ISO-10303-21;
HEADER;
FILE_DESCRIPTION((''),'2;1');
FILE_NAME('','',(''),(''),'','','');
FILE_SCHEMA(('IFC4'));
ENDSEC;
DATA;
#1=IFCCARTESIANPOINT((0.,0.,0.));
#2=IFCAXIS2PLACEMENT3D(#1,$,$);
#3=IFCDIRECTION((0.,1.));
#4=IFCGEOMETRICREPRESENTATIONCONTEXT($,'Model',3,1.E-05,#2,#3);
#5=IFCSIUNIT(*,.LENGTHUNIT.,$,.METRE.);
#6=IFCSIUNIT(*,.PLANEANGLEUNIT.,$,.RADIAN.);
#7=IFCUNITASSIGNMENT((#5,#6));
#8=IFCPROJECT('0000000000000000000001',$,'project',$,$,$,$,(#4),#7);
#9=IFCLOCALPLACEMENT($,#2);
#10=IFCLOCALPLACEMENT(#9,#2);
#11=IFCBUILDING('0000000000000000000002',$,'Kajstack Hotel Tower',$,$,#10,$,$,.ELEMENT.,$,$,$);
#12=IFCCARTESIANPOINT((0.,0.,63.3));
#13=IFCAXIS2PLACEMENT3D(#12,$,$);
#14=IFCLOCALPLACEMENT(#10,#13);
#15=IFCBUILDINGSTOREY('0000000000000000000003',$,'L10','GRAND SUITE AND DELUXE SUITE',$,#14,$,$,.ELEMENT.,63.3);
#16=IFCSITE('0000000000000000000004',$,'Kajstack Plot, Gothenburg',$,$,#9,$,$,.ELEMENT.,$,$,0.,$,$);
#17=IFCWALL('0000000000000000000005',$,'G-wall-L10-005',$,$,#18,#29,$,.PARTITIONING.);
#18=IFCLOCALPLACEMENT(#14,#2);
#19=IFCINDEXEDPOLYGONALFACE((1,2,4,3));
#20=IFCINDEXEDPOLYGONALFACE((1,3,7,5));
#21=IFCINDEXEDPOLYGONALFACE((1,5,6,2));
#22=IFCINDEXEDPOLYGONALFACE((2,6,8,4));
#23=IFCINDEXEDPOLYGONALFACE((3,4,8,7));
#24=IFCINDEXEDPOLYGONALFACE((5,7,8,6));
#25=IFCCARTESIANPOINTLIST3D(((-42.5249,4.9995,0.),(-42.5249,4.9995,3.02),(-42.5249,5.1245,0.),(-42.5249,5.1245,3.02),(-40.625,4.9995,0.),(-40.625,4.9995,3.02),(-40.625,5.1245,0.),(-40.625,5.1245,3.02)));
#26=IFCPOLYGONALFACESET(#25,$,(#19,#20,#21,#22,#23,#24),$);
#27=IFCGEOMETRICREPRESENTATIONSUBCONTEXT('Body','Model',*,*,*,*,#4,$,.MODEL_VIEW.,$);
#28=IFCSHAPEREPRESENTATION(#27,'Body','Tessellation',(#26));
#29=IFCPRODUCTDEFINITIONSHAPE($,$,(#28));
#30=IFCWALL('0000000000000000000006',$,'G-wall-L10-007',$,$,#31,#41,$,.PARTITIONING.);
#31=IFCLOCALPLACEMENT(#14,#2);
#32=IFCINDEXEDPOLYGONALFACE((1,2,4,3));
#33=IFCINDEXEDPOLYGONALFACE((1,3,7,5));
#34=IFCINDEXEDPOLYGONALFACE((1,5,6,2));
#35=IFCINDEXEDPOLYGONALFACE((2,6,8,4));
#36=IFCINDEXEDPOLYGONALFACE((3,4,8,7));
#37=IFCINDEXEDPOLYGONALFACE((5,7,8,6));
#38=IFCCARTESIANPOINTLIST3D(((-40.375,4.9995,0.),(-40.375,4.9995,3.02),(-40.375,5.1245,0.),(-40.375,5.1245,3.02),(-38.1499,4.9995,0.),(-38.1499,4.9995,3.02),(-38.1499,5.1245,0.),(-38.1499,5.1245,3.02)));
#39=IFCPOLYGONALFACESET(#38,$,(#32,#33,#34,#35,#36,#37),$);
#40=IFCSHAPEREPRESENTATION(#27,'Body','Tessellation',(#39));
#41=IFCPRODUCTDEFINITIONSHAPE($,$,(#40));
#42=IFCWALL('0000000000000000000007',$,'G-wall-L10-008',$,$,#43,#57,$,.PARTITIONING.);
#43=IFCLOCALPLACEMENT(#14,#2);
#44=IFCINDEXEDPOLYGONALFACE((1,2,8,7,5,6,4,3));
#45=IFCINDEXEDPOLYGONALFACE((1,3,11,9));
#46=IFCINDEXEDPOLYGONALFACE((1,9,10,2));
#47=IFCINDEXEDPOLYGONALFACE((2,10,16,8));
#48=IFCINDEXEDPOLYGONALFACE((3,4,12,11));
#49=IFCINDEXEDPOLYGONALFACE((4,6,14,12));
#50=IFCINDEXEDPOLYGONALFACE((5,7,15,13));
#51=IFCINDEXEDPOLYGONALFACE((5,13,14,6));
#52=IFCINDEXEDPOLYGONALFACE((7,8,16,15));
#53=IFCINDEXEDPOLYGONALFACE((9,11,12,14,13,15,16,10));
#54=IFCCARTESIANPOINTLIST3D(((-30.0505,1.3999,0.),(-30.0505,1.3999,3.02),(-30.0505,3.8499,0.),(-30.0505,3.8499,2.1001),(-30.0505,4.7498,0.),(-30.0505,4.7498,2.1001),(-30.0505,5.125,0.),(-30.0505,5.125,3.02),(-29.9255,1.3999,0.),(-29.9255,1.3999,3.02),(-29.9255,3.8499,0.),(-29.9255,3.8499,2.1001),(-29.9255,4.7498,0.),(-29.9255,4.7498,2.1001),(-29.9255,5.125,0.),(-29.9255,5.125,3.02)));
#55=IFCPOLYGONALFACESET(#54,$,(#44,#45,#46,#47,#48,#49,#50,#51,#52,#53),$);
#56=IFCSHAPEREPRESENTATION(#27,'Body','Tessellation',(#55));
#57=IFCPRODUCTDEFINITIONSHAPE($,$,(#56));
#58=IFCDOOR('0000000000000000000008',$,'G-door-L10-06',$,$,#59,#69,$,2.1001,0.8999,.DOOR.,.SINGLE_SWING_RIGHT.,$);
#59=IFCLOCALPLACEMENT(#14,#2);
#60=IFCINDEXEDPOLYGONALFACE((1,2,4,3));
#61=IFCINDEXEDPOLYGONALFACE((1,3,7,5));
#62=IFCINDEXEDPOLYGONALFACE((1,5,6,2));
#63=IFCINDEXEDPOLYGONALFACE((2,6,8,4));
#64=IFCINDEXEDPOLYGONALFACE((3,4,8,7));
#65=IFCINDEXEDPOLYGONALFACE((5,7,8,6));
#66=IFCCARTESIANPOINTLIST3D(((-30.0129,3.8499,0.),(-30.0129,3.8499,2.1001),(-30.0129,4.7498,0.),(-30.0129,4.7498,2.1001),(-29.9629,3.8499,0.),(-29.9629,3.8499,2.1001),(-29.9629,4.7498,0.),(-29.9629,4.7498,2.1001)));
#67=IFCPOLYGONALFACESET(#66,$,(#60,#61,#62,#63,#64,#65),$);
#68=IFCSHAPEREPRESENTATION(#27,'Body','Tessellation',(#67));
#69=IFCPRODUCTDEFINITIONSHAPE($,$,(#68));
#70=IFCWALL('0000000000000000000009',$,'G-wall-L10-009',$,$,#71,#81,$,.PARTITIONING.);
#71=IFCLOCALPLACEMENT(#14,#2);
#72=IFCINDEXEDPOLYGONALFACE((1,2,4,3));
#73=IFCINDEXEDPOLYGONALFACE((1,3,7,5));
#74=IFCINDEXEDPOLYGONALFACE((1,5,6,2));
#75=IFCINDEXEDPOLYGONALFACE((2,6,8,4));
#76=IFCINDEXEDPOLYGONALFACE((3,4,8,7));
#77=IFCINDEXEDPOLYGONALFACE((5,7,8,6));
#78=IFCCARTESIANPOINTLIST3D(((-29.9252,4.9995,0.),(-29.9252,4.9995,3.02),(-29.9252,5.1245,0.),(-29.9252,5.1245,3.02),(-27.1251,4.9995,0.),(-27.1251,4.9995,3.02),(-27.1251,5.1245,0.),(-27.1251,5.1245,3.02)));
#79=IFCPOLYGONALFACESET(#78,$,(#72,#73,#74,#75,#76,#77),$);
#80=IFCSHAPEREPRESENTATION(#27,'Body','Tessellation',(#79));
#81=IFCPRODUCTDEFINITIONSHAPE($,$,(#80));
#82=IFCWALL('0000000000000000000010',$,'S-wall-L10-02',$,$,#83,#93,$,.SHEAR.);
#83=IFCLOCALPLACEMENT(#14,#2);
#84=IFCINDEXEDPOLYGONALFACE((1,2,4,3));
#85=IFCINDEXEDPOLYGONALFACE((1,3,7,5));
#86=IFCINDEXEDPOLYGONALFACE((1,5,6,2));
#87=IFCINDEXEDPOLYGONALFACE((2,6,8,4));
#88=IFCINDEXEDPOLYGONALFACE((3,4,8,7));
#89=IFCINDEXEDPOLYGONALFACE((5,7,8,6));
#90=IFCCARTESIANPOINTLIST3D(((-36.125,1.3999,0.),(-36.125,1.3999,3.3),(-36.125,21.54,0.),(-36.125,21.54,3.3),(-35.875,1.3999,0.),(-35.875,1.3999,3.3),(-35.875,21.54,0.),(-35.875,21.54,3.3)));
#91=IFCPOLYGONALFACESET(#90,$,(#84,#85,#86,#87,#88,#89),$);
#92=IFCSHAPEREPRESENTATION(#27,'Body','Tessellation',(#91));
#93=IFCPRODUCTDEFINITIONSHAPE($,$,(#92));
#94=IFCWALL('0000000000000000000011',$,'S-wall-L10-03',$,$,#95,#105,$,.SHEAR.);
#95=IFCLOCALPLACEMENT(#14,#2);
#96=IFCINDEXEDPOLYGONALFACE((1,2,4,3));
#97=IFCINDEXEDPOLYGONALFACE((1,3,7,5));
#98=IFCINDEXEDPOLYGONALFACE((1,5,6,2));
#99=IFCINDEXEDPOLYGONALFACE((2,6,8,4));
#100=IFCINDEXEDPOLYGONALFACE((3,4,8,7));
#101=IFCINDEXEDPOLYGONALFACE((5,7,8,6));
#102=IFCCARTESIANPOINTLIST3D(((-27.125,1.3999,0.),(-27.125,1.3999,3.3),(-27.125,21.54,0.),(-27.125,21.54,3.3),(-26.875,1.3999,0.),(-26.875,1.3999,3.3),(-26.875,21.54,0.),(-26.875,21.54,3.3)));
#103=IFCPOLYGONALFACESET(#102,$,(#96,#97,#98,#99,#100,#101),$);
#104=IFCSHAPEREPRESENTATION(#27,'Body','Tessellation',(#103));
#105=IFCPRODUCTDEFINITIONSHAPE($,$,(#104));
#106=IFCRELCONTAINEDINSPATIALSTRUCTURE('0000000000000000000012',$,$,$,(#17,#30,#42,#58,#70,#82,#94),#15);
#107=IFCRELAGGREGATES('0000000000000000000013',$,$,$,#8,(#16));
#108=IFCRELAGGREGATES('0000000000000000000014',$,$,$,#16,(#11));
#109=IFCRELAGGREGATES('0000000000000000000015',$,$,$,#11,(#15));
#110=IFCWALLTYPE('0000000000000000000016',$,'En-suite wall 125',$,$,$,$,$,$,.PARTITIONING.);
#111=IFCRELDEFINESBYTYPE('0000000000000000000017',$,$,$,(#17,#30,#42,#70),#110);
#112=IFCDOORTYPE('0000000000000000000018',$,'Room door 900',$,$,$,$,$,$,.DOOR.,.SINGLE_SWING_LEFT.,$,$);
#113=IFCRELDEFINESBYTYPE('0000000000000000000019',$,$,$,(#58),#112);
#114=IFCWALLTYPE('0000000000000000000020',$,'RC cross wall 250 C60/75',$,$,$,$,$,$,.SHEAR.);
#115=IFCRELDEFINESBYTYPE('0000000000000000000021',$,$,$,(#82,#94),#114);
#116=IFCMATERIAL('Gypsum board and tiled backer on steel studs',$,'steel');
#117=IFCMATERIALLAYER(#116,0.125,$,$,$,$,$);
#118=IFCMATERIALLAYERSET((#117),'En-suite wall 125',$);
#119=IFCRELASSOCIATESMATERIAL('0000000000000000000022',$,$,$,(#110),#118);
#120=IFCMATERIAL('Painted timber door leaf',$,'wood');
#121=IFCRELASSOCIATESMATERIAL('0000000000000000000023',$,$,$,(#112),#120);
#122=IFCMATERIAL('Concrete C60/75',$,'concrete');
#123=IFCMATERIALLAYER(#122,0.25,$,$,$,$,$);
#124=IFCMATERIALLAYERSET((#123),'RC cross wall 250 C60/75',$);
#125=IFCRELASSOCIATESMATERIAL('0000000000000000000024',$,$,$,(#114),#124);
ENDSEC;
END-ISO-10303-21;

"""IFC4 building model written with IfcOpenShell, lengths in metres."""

from ifc_helpers import new_model, si_unit, direction, frame, frame_2d, origin, place, context, subcontext, project, spatial, rectangle, extrude, material, layer, layer_set, type_object, element, fill, save


model = new_model("IFC4")

# Units and contexts
model_context = context("Model", 3, precision=1e-05, world=origin(), true_north=direction((0.0, 1.0)))
body_context = subcontext(model_context, "Body", "Model", "MODEL_VIEW")
ifc_project = project(units=[si_unit("LENGTHUNIT", "METRE"), si_unit("PLANEANGLEUNIT", "RADIAN")], contexts=[model_context])

# Site, building, storey
site_placement = place(None, origin())
site = spatial("IfcSite", under=ifc_project, at=site_placement, Name="Kajstack Plot, Gothenburg", CompositionType="ELEMENT", RefElevation=0.0)
building_placement = place(site_placement, origin())
building = spatial("IfcBuilding", under=site, at=building_placement, Name="Kajstack Hotel Tower", CompositionType="ELEMENT")
storey_placement = place(building_placement, frame((0.0, 0.0, 63.3)))
storey = spatial("IfcBuildingStorey", under=building, at=storey_placement, Name="L10", Description="GRAND SUITE AND DELUXE SUITE", CompositionType="ELEMENT", Elevation=63.3)

# Walls
ifc_material_1 = material(Name="Gypsum board and tiled backer on steel studs", Category="steel")
ifc_layer_1 = layer(ifc_material_1, 0.125)
ifc_layer_set_1 = layer_set([ifc_layer_1], Name="En-suite wall 125")
wall_type_1 = type_object("IfcWallType", Name="En-suite wall 125", PredefinedType="PARTITIONING", material=ifc_layer_set_1)
wall_1_placement = place(storey_placement, frame((-42.5249, 5.062, 0.0), z_axis=(0.0, 0.0, 1.0), x_axis=(1.0, 0.0, 0.0)))
element("IfcWall", 1, at=wall_1_placement, inside=storey, type_object=wall_type_1, Name="G-wall-L10-005", PredefinedType="PARTITIONING", context=body_context, shape_type="SweptSolid", body=[
    extrude(rectangle(XDim=1.8999, YDim=0.125, at=frame_2d((0.95, 0.0))), origin(), (0.0, 0.0, 1.0), 3.02),
])
wall_2_placement = place(storey_placement, frame((-40.375, 5.062, 0.0), z_axis=(0.0, 0.0, 1.0), x_axis=(1.0, 0.0, 0.0)))
element("IfcWall", 2, at=wall_2_placement, inside=storey, type_object=wall_type_1, Name="G-wall-L10-007", PredefinedType="PARTITIONING", context=body_context, shape_type="SweptSolid", body=[
    extrude(rectangle(XDim=2.2251, YDim=0.125, at=frame_2d((1.1125, 0.0))), origin(), (0.0, 0.0, 1.0), 3.02),
])

# Wall, opening, door
wall_3_placement = place(storey_placement, frame((-29.988, 1.3999, 0.0), z_axis=(0.0, 0.0, 1.0), x_axis=(0.0, 1.0, 0.0)))
wall_3 = element("IfcWall", 3, at=wall_3_placement, inside=storey, type_object=wall_type_1, Name="G-wall-L10-008", PredefinedType="PARTITIONING", context=body_context, shape_type="SweptSolid", body=[
    extrude(rectangle(XDim=3.7251, YDim=0.125, at=frame_2d((1.8625, 0.0))), origin(), (0.0, 0.0, 1.0), 3.02),
])
opening_1_placement = place(wall_3_placement, frame((2.45, 0.0, 0.0)))
opening_1 = element("IfcOpeningElement", 4, at=opening_1_placement, cuts=wall_3, PredefinedType="OPENING", context=body_context, shape_type="SweptSolid", body=[
    extrude(rectangle(XDim=0.8999, YDim=2.1001, at=frame_2d((0.45, 1.05))), frame((0.0, 0.0725, 0.0), z_axis=(0.0, -1.0, 0.0), x_axis=(1.0, 0.0, 0.0)), (0.0, 0.0, 1.0), 0.145),
])
ifc_material_2 = material(Name="Painted timber door leaf", Category="wood")
door_type = type_object("IfcDoorType", Name="Room door 900", OperationType="SINGLE_SWING_LEFT", PredefinedType="DOOR", material=ifc_material_2)
door_placement = place(opening_1_placement, origin())
door = element("IfcDoor", 5, at=door_placement, inside=storey, type_object=door_type, Name="G-door-L10-06", OperationType="SINGLE_SWING_RIGHT", OverallHeight=2.1001, OverallWidth=0.8999, PredefinedType="DOOR", context=body_context, shape_type="SweptSolid", body=[
    extrude(rectangle(XDim=0.8999, YDim=2.1001, at=frame_2d((0.45, 1.05))), frame((0.0, 0.0249, 0.0), z_axis=(0.0, -1.0, 0.0), x_axis=(1.0, 0.0, 0.0)), (0.0, 0.0, 1.0), 0.05),
])
fill(opening_1, door)

# Walls
wall_4_placement = place(storey_placement, frame((-29.925, 5.062, 0.0), z_axis=(0.0, 0.0, 1.0), x_axis=(1.0, 0.0, 0.0)))
element("IfcWall", 6, at=wall_4_placement, inside=storey, type_object=wall_type_1, Name="G-wall-L10-009", PredefinedType="PARTITIONING", context=body_context, shape_type="SweptSolid", body=[
    extrude(rectangle(XDim=2.8, YDim=0.125, at=frame_2d((1.3999, 0.0))), origin(), (0.0, 0.0, 1.0), 3.02),
])
ifc_material_3 = material(Name="Concrete C60/75", Category="concrete")
ifc_layer_2 = layer(ifc_material_3, 0.25)
ifc_layer_set_2 = layer_set([ifc_layer_2], Name="RC cross wall 250 C60/75")
wall_type_2 = type_object("IfcWallType", Name="RC cross wall 250 C60/75", PredefinedType="SHEAR", material=ifc_layer_set_2)
for number, where, z_axis, x_axis, name in (
    (7, (-36.0, 1.3999, 0.0), (0.0, 0.0, 1.0), (0.0, 1.0, 0.0), "S-wall-L10-02"),
    (8, (-27.0, 1.3999, 0.0), (0.0, 0.0, 1.0), (0.0, 1.0, 0.0), "S-wall-L10-03"),
):
    element("IfcWall", number, at=place(storey_placement, frame(where, z_axis=z_axis, x_axis=x_axis)), inside=storey, type_object=wall_type_2, Name=name, PredefinedType="SHEAR", context=body_context, shape_type="SweptSolid", body=[
        extrude(rectangle(XDim=20.1401, YDim=0.25, at=frame_2d((10.0701, 0.0))), origin(), (0.0, 0.0, 1.0), 3.3),
    ])

save(model, "model.ifc")
